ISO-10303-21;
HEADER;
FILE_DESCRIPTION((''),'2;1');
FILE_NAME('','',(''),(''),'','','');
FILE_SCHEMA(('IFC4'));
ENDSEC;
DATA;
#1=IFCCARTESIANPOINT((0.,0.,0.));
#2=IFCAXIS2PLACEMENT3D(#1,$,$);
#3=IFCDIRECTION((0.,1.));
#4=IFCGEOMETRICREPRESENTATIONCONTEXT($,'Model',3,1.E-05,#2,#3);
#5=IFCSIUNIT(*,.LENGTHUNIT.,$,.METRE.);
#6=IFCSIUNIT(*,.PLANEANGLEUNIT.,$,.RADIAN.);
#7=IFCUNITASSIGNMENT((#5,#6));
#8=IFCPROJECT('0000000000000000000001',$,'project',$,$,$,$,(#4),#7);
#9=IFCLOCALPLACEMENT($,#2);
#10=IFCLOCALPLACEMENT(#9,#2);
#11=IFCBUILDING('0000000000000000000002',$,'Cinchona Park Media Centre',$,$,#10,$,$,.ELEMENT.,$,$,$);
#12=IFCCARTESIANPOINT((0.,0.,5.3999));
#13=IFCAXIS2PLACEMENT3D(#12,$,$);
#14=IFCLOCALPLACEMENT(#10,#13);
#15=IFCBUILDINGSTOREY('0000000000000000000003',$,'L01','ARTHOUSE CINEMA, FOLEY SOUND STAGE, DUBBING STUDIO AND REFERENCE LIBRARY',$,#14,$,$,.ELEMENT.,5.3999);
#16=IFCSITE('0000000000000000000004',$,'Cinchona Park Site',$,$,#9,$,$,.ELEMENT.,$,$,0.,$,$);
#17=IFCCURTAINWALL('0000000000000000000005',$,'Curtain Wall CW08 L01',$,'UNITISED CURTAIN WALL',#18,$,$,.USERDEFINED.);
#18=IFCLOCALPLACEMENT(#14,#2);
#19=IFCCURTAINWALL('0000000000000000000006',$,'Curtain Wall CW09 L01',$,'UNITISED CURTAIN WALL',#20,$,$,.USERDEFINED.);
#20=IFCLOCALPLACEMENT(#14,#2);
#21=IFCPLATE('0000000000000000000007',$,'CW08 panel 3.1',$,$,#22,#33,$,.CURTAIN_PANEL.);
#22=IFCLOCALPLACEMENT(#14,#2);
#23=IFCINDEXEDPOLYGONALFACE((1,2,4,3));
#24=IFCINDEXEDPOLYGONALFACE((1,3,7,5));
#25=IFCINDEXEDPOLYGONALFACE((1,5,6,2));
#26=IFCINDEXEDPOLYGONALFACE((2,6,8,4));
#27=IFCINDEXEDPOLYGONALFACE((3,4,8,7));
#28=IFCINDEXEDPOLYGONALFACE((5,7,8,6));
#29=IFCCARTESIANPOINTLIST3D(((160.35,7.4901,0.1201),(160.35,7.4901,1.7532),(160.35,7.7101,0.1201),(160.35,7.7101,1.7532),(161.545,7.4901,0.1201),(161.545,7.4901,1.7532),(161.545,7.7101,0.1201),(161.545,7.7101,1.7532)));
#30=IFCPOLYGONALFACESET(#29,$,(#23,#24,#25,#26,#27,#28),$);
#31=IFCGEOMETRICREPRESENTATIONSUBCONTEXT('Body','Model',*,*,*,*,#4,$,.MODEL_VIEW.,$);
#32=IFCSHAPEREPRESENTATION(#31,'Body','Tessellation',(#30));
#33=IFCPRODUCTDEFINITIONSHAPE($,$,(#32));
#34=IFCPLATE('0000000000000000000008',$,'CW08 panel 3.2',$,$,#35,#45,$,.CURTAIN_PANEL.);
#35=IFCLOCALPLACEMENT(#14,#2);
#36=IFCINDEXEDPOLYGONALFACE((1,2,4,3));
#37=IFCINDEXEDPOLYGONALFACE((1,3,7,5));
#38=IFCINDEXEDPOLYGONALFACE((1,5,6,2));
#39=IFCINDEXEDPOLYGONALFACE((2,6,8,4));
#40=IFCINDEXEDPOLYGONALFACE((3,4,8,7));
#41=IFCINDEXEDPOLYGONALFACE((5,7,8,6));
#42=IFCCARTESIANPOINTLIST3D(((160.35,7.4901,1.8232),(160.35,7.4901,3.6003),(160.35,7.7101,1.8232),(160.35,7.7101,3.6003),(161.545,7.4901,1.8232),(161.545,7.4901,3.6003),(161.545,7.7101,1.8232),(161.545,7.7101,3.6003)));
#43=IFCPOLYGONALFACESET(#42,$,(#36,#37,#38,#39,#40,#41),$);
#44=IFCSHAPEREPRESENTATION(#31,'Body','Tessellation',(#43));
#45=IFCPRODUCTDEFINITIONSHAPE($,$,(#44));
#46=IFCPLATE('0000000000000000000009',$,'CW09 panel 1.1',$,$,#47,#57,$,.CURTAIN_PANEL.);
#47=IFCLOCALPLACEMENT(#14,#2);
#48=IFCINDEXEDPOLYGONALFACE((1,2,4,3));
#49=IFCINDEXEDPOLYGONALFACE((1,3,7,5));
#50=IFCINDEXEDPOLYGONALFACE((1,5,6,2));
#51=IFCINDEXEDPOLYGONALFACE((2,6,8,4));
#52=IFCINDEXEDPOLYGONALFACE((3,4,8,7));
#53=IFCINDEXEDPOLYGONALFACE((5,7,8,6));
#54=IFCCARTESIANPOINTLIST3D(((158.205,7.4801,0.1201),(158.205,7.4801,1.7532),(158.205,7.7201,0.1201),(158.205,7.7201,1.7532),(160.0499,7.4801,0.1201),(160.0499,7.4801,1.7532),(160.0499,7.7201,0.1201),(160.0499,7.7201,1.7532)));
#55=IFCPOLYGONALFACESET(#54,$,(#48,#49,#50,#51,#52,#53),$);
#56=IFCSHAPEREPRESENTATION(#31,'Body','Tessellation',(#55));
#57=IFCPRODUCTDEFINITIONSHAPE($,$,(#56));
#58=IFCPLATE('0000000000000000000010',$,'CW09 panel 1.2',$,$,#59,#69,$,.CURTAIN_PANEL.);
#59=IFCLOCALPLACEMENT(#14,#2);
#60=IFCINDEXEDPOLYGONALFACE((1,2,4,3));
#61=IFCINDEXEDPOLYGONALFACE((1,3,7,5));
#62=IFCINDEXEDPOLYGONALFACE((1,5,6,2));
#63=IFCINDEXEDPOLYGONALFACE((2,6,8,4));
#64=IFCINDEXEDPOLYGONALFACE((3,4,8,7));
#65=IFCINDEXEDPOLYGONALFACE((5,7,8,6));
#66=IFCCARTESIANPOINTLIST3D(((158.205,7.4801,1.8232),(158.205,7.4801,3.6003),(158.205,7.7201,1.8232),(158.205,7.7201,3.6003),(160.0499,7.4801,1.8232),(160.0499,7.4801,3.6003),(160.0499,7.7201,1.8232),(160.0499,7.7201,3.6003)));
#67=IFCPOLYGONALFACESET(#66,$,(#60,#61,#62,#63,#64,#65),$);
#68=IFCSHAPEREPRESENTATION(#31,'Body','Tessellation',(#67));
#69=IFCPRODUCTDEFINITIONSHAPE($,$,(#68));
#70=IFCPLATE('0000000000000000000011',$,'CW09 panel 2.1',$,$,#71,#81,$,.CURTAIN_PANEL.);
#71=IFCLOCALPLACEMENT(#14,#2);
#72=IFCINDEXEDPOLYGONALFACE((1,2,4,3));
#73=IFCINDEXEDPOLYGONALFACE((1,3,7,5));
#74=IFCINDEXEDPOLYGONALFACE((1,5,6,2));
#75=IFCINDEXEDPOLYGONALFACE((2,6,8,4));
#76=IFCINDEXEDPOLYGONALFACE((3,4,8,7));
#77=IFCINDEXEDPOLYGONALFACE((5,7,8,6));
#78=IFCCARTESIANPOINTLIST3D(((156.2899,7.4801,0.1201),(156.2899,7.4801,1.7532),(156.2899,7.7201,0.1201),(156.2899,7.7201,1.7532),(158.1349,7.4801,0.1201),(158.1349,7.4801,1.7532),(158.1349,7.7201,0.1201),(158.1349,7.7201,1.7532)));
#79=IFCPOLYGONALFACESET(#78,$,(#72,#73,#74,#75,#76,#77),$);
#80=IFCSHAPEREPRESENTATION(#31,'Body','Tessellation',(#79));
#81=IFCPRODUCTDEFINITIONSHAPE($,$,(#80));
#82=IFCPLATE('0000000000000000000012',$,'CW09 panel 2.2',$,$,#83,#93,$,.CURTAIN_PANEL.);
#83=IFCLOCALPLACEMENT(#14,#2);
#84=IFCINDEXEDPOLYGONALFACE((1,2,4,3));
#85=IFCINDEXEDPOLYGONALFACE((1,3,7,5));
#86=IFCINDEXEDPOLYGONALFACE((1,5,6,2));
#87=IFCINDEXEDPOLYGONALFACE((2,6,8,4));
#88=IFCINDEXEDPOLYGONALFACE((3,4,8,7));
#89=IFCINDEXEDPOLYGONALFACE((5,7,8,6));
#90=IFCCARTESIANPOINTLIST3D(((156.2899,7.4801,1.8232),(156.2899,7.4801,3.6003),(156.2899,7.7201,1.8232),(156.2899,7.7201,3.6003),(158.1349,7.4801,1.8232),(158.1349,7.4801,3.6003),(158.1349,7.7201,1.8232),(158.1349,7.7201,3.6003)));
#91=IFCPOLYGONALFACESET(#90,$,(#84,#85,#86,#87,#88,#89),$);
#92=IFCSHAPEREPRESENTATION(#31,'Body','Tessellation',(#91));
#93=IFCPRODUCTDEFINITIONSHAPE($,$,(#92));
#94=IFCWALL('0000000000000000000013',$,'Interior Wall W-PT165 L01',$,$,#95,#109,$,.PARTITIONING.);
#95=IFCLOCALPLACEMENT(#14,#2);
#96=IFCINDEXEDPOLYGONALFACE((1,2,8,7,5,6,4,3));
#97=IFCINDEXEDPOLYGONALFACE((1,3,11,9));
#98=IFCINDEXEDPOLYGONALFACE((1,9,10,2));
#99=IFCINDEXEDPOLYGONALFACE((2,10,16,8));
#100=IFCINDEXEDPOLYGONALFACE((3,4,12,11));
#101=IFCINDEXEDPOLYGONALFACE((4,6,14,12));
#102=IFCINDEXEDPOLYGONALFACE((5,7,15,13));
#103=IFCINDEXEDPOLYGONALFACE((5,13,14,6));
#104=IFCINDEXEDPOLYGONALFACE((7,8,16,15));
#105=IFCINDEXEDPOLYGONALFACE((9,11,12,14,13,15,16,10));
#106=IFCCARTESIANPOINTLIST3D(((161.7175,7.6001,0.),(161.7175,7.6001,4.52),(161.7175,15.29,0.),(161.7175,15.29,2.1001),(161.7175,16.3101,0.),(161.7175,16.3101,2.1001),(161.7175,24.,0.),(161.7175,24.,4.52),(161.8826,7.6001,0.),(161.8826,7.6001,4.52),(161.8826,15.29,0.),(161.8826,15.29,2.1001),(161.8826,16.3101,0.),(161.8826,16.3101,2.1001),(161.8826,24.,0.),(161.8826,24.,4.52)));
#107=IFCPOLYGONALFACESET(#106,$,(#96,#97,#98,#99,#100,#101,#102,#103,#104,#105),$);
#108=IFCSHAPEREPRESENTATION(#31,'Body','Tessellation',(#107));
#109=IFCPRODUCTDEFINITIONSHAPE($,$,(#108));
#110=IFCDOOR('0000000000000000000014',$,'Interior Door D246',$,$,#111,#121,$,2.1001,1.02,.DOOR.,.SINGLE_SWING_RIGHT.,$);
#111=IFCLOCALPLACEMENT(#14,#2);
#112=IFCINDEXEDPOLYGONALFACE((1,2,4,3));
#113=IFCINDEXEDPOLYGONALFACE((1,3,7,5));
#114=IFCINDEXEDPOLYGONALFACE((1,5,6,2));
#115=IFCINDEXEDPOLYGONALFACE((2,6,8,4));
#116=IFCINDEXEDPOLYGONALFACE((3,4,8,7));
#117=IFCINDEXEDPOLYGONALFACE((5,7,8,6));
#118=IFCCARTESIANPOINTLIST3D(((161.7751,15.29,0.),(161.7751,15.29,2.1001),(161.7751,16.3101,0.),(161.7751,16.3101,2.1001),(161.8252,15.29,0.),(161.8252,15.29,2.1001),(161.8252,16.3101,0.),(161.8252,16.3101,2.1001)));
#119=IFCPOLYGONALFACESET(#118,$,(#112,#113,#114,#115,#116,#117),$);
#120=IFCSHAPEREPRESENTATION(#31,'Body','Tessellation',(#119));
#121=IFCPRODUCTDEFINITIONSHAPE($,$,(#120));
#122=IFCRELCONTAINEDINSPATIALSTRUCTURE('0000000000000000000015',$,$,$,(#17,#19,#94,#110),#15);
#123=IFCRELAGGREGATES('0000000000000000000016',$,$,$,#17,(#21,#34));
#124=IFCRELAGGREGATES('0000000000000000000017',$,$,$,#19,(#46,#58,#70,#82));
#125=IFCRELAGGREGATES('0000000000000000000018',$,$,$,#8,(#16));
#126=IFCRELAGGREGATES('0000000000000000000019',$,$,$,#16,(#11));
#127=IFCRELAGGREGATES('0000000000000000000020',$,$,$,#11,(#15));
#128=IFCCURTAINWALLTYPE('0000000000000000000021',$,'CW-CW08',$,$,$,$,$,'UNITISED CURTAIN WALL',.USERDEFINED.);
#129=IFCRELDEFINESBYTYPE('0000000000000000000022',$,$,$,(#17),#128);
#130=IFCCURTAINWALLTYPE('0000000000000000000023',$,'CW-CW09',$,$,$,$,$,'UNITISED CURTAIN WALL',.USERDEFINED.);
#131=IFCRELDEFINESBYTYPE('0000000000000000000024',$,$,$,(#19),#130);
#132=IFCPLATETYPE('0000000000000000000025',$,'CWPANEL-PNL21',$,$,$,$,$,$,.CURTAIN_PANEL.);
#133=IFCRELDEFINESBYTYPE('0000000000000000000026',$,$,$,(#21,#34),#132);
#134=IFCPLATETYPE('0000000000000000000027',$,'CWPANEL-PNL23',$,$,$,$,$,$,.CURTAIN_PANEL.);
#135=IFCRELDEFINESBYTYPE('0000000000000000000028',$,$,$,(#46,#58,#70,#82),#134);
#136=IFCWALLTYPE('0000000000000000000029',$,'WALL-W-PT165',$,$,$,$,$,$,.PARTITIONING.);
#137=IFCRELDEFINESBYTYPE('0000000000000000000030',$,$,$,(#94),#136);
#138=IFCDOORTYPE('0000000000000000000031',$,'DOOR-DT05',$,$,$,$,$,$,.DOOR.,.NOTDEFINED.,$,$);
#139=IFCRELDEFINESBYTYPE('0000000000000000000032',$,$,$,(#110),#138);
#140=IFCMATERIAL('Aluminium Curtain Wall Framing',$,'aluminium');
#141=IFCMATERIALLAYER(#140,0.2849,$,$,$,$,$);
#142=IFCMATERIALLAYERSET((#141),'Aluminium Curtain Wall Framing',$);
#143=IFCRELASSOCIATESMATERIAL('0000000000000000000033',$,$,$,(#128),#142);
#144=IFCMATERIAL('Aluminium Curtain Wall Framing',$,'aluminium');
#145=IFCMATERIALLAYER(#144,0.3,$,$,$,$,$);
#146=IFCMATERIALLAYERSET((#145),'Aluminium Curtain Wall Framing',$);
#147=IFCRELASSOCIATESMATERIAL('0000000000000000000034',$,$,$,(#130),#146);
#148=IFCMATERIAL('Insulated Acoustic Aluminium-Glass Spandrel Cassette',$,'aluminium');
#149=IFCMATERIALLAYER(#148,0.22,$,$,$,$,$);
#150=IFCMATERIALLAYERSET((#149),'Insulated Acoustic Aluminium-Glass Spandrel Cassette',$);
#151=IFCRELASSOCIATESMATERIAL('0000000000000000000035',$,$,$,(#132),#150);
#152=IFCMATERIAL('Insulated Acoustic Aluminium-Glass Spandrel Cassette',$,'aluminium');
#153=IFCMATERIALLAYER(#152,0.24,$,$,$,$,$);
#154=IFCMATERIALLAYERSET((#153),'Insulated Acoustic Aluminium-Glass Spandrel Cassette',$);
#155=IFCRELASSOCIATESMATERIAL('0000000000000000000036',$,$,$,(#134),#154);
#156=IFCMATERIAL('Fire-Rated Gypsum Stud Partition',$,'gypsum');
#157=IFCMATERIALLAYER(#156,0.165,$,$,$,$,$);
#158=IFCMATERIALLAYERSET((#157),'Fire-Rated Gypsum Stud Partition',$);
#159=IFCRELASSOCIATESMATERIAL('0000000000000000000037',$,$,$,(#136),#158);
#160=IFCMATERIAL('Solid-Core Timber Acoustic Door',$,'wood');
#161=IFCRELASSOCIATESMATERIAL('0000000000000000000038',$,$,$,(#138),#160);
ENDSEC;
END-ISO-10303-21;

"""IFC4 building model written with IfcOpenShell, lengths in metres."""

from ifc_helpers import new_model, si_unit, direction, frame, frame_2d, origin, origin_2d, place, context, subcontext, project, spatial, rectangle, extrude, material, layer, layer_set, type_object, element, fill, aggregate, save


model = new_model("IFC4")

# Units and contexts
model_context = context("Model", 3, precision=1e-05, world=origin(), true_north=direction((0.0, 1.0)))
body_context = subcontext(model_context, "Body", "Model", "MODEL_VIEW")
ifc_project = project(units=[si_unit("LENGTHUNIT", "METRE"), si_unit("PLANEANGLEUNIT", "RADIAN")], contexts=[model_context])

# Site, building, storey
site_placement = place(None, origin())
site = spatial("IfcSite", under=ifc_project, at=site_placement, Name="Cinchona Park Site", CompositionType="ELEMENT", RefElevation=0.0)
building_placement = place(site_placement, origin())
building = spatial("IfcBuilding", under=site, at=building_placement, Name="Cinchona Park Media Centre", CompositionType="ELEMENT")
storey_placement = place(building_placement, frame((0.0, 0.0, 5.3999)))
storey = spatial("IfcBuildingStorey", under=building, at=storey_placement, Name="L01", Description="ARTHOUSE CINEMA, FOLEY SOUND STAGE, DUBBING STUDIO AND REFERENCE LIBRARY", CompositionType="ELEMENT", Elevation=5.3999)

# Curtain walls
ifc_material_1 = material(Name="Aluminium Curtain Wall Framing", Category="aluminium")
ifc_layer_1 = layer(ifc_material_1, 0.2849)
ifc_layer_set_1 = layer_set([ifc_layer_1], Name="Aluminium Curtain Wall Framing")
curtain_wall_type_1 = type_object("IfcCurtainWallType", Name="CW-CW08", ElementType="UNITISED CURTAIN WALL", PredefinedType="USERDEFINED", material=ifc_layer_set_1)
curtain_wall_1_placement = place(storey_placement, origin())
curtain_wall_1 = element("IfcCurtainWall", 1, at=curtain_wall_1_placement, inside=storey, type_object=curtain_wall_type_1, Name="Curtain Wall CW08 L01", ObjectType="UNITISED CURTAIN WALL", PredefinedType="USERDEFINED")
ifc_material_2 = material(Name="Aluminium Curtain Wall Framing", Category="aluminium")
ifc_layer_2 = layer(ifc_material_2, 0.3)
ifc_layer_set_2 = layer_set([ifc_layer_2], Name="Aluminium Curtain Wall Framing")
curtain_wall_type_2 = type_object("IfcCurtainWallType", Name="CW-CW09", ElementType="UNITISED CURTAIN WALL", PredefinedType="USERDEFINED", material=ifc_layer_set_2)
curtain_wall_2_placement = place(storey_placement, origin())
curtain_wall_2 = element("IfcCurtainWall", 2, at=curtain_wall_2_placement, inside=storey, type_object=curtain_wall_type_2, Name="Curtain Wall CW09 L01", ObjectType="UNITISED CURTAIN WALL", PredefinedType="USERDEFINED")

# Plates
ifc_material_3 = material(Name="Insulated Acoustic Aluminium-Glass Spandrel Cassette", Category="aluminium")
ifc_layer_3 = layer(ifc_material_3, 0.22)
ifc_layer_set_3 = layer_set([ifc_layer_3], Name="Insulated Acoustic Aluminium-Glass Spandrel Cassette")
plate_type_1 = type_object("IfcPlateType", Name="CWPANEL-PNL21", PredefinedType="CURTAIN_PANEL", material=ifc_layer_set_3)
plate_1_placement = place(storey_placement, frame((160.9475, 7.6001, 0.1201), z_axis=(0.0, 0.0, 1.0), x_axis=(-1.0, 0.0, 0.0)))
plate_1 = element("IfcPlate", 3, at=plate_1_placement, type_object=plate_type_1, Name="CW08 panel 3.1", PredefinedType="CURTAIN_PANEL", context=body_context, shape_type="SweptSolid", body=[
    extrude(rectangle(XDim=1.1951, YDim=0.22, at=origin_2d()), origin(), (0.0, 0.0, 1.0), 1.6331),
])
plate_2_placement = place(storey_placement, frame((160.9475, 7.6001, 1.8232), z_axis=(0.0, 0.0, 1.0), x_axis=(-1.0, 0.0, 0.0)))
plate_2 = element("IfcPlate", 4, at=plate_2_placement, type_object=plate_type_1, Name="CW08 panel 3.2", PredefinedType="CURTAIN_PANEL", context=body_context, shape_type="SweptSolid", body=[
    extrude(rectangle(XDim=1.1951, YDim=0.22, at=origin_2d()), origin(), (0.0, 0.0, 1.0), 1.7771),
])
aggregate(curtain_wall_1, [plate_1, plate_2])
ifc_material_4 = material(Name="Insulated Acoustic Aluminium-Glass Spandrel Cassette", Category="aluminium")
ifc_layer_4 = layer(ifc_material_4, 0.24)
ifc_layer_set_4 = layer_set([ifc_layer_4], Name="Insulated Acoustic Aluminium-Glass Spandrel Cassette")
plate_type_2 = type_object("IfcPlateType", Name="CWPANEL-PNL23", PredefinedType="CURTAIN_PANEL", material=ifc_layer_set_4)
plate_3_placement = place(storey_placement, frame((159.1274, 7.6001, 0.1201), z_axis=(0.0, 0.0, 1.0), x_axis=(-1.0, 0.0, 0.0)))
plate_3 = element("IfcPlate", 5, at=plate_3_placement, type_object=plate_type_2, Name="CW09 panel 1.1", PredefinedType="CURTAIN_PANEL", context=body_context, shape_type="SweptSolid", body=[
    extrude(rectangle(XDim=1.845, YDim=0.24, at=origin_2d()), origin(), (0.0, 0.0, 1.0), 1.6331),
])
plate_4_placement = place(storey_placement, frame((159.1274, 7.6001, 1.8232), z_axis=(0.0, 0.0, 1.0), x_axis=(-1.0, 0.0, 0.0)))
plate_4 = element("IfcPlate", 6, at=plate_4_placement, type_object=plate_type_2, Name="CW09 panel 1.2", PredefinedType="CURTAIN_PANEL", context=body_context, shape_type="SweptSolid", body=[
    extrude(rectangle(XDim=1.845, YDim=0.24, at=origin_2d()), origin(), (0.0, 0.0, 1.0), 1.7771),
])
plate_5_placement = place(storey_placement, frame((157.2124, 7.6001, 0.1201), z_axis=(0.0, 0.0, 1.0), x_axis=(-1.0, 0.0, 0.0)))
plate_5 = element("IfcPlate", 7, at=plate_5_placement, type_object=plate_type_2, Name="CW09 panel 2.1", PredefinedType="CURTAIN_PANEL", context=body_context, shape_type="SweptSolid", body=[
    extrude(rectangle(XDim=1.845, YDim=0.24, at=origin_2d()), origin(), (0.0, 0.0, 1.0), 1.6331),
])
plate_6_placement = place(storey_placement, frame((157.2124, 7.6001, 1.8232), z_axis=(0.0, 0.0, 1.0), x_axis=(-1.0, 0.0, 0.0)))
plate_6 = element("IfcPlate", 8, at=plate_6_placement, type_object=plate_type_2, Name="CW09 panel 2.2", PredefinedType="CURTAIN_PANEL", context=body_context, shape_type="SweptSolid", body=[
    extrude(rectangle(XDim=1.845, YDim=0.24, at=origin_2d()), origin(), (0.0, 0.0, 1.0), 1.7771),
])
aggregate(curtain_wall_2, [plate_3, plate_4, plate_5, plate_6])

# Wall, opening, door
ifc_material_5 = material(Name="Fire-Rated Gypsum Stud Partition", Category="gypsum")
ifc_layer_5 = layer(ifc_material_5, 0.165)
ifc_layer_set_5 = layer_set([ifc_layer_5], Name="Fire-Rated Gypsum Stud Partition")
wall_type = type_object("IfcWallType", Name="WALL-W-PT165", PredefinedType="PARTITIONING", material=ifc_layer_set_5)
wall_placement = place(storey_placement, frame((161.8, 7.6001, 0.0), z_axis=(0.0, 0.0, 1.0), x_axis=(0.0, 1.0, 0.0)))
wall = element("IfcWall", 9, at=wall_placement, inside=storey, type_object=wall_type, Name="Interior Wall W-PT165 L01", PredefinedType="PARTITIONING", context=body_context, shape_type="SweptSolid", body=[
    extrude(rectangle(XDim=16.3999, YDim=0.165, at=frame_2d((8.2, 0.0))), origin(), (0.0, 0.0, 1.0), 4.52),
])
opening_placement = place(wall_placement, frame((7.6899, 0.0, 0.0)))
opening = element("IfcOpeningElement", 10, at=opening_placement, cuts=wall, PredefinedType="OPENING", context=body_context, shape_type="SweptSolid", body=[
    extrude(rectangle(XDim=1.02, YDim=2.1001, at=frame_2d((0.51, 1.05))), frame((0.0, 0.0925, 0.0), z_axis=(0.0, -1.0, 0.0), x_axis=(1.0, 0.0, 0.0)), (0.0, 0.0, 1.0), 0.1851),
])
ifc_material_6 = material(Name="Solid-Core Timber Acoustic Door", Category="wood")
door_type = type_object("IfcDoorType", Name="DOOR-DT05", OperationType="NOTDEFINED", PredefinedType="DOOR", material=ifc_material_6)
door_placement = place(opening_placement, origin())
door = element("IfcDoor", 11, at=door_placement, inside=storey, type_object=door_type, Name="Interior Door D246", OperationType="SINGLE_SWING_RIGHT", OverallHeight=2.1001, OverallWidth=1.02, PredefinedType="DOOR", context=body_context, shape_type="SweptSolid", body=[
    extrude(rectangle(XDim=1.02, YDim=2.1001, at=frame_2d((0.51, 1.05))), frame((0.0, 0.0249, 0.0), z_axis=(0.0, -1.0, 0.0), x_axis=(1.0, 0.0, 0.0)), (0.0, 0.0, 1.0), 0.05),
])
fill(opening, door)

save(model, "model.ifc")
